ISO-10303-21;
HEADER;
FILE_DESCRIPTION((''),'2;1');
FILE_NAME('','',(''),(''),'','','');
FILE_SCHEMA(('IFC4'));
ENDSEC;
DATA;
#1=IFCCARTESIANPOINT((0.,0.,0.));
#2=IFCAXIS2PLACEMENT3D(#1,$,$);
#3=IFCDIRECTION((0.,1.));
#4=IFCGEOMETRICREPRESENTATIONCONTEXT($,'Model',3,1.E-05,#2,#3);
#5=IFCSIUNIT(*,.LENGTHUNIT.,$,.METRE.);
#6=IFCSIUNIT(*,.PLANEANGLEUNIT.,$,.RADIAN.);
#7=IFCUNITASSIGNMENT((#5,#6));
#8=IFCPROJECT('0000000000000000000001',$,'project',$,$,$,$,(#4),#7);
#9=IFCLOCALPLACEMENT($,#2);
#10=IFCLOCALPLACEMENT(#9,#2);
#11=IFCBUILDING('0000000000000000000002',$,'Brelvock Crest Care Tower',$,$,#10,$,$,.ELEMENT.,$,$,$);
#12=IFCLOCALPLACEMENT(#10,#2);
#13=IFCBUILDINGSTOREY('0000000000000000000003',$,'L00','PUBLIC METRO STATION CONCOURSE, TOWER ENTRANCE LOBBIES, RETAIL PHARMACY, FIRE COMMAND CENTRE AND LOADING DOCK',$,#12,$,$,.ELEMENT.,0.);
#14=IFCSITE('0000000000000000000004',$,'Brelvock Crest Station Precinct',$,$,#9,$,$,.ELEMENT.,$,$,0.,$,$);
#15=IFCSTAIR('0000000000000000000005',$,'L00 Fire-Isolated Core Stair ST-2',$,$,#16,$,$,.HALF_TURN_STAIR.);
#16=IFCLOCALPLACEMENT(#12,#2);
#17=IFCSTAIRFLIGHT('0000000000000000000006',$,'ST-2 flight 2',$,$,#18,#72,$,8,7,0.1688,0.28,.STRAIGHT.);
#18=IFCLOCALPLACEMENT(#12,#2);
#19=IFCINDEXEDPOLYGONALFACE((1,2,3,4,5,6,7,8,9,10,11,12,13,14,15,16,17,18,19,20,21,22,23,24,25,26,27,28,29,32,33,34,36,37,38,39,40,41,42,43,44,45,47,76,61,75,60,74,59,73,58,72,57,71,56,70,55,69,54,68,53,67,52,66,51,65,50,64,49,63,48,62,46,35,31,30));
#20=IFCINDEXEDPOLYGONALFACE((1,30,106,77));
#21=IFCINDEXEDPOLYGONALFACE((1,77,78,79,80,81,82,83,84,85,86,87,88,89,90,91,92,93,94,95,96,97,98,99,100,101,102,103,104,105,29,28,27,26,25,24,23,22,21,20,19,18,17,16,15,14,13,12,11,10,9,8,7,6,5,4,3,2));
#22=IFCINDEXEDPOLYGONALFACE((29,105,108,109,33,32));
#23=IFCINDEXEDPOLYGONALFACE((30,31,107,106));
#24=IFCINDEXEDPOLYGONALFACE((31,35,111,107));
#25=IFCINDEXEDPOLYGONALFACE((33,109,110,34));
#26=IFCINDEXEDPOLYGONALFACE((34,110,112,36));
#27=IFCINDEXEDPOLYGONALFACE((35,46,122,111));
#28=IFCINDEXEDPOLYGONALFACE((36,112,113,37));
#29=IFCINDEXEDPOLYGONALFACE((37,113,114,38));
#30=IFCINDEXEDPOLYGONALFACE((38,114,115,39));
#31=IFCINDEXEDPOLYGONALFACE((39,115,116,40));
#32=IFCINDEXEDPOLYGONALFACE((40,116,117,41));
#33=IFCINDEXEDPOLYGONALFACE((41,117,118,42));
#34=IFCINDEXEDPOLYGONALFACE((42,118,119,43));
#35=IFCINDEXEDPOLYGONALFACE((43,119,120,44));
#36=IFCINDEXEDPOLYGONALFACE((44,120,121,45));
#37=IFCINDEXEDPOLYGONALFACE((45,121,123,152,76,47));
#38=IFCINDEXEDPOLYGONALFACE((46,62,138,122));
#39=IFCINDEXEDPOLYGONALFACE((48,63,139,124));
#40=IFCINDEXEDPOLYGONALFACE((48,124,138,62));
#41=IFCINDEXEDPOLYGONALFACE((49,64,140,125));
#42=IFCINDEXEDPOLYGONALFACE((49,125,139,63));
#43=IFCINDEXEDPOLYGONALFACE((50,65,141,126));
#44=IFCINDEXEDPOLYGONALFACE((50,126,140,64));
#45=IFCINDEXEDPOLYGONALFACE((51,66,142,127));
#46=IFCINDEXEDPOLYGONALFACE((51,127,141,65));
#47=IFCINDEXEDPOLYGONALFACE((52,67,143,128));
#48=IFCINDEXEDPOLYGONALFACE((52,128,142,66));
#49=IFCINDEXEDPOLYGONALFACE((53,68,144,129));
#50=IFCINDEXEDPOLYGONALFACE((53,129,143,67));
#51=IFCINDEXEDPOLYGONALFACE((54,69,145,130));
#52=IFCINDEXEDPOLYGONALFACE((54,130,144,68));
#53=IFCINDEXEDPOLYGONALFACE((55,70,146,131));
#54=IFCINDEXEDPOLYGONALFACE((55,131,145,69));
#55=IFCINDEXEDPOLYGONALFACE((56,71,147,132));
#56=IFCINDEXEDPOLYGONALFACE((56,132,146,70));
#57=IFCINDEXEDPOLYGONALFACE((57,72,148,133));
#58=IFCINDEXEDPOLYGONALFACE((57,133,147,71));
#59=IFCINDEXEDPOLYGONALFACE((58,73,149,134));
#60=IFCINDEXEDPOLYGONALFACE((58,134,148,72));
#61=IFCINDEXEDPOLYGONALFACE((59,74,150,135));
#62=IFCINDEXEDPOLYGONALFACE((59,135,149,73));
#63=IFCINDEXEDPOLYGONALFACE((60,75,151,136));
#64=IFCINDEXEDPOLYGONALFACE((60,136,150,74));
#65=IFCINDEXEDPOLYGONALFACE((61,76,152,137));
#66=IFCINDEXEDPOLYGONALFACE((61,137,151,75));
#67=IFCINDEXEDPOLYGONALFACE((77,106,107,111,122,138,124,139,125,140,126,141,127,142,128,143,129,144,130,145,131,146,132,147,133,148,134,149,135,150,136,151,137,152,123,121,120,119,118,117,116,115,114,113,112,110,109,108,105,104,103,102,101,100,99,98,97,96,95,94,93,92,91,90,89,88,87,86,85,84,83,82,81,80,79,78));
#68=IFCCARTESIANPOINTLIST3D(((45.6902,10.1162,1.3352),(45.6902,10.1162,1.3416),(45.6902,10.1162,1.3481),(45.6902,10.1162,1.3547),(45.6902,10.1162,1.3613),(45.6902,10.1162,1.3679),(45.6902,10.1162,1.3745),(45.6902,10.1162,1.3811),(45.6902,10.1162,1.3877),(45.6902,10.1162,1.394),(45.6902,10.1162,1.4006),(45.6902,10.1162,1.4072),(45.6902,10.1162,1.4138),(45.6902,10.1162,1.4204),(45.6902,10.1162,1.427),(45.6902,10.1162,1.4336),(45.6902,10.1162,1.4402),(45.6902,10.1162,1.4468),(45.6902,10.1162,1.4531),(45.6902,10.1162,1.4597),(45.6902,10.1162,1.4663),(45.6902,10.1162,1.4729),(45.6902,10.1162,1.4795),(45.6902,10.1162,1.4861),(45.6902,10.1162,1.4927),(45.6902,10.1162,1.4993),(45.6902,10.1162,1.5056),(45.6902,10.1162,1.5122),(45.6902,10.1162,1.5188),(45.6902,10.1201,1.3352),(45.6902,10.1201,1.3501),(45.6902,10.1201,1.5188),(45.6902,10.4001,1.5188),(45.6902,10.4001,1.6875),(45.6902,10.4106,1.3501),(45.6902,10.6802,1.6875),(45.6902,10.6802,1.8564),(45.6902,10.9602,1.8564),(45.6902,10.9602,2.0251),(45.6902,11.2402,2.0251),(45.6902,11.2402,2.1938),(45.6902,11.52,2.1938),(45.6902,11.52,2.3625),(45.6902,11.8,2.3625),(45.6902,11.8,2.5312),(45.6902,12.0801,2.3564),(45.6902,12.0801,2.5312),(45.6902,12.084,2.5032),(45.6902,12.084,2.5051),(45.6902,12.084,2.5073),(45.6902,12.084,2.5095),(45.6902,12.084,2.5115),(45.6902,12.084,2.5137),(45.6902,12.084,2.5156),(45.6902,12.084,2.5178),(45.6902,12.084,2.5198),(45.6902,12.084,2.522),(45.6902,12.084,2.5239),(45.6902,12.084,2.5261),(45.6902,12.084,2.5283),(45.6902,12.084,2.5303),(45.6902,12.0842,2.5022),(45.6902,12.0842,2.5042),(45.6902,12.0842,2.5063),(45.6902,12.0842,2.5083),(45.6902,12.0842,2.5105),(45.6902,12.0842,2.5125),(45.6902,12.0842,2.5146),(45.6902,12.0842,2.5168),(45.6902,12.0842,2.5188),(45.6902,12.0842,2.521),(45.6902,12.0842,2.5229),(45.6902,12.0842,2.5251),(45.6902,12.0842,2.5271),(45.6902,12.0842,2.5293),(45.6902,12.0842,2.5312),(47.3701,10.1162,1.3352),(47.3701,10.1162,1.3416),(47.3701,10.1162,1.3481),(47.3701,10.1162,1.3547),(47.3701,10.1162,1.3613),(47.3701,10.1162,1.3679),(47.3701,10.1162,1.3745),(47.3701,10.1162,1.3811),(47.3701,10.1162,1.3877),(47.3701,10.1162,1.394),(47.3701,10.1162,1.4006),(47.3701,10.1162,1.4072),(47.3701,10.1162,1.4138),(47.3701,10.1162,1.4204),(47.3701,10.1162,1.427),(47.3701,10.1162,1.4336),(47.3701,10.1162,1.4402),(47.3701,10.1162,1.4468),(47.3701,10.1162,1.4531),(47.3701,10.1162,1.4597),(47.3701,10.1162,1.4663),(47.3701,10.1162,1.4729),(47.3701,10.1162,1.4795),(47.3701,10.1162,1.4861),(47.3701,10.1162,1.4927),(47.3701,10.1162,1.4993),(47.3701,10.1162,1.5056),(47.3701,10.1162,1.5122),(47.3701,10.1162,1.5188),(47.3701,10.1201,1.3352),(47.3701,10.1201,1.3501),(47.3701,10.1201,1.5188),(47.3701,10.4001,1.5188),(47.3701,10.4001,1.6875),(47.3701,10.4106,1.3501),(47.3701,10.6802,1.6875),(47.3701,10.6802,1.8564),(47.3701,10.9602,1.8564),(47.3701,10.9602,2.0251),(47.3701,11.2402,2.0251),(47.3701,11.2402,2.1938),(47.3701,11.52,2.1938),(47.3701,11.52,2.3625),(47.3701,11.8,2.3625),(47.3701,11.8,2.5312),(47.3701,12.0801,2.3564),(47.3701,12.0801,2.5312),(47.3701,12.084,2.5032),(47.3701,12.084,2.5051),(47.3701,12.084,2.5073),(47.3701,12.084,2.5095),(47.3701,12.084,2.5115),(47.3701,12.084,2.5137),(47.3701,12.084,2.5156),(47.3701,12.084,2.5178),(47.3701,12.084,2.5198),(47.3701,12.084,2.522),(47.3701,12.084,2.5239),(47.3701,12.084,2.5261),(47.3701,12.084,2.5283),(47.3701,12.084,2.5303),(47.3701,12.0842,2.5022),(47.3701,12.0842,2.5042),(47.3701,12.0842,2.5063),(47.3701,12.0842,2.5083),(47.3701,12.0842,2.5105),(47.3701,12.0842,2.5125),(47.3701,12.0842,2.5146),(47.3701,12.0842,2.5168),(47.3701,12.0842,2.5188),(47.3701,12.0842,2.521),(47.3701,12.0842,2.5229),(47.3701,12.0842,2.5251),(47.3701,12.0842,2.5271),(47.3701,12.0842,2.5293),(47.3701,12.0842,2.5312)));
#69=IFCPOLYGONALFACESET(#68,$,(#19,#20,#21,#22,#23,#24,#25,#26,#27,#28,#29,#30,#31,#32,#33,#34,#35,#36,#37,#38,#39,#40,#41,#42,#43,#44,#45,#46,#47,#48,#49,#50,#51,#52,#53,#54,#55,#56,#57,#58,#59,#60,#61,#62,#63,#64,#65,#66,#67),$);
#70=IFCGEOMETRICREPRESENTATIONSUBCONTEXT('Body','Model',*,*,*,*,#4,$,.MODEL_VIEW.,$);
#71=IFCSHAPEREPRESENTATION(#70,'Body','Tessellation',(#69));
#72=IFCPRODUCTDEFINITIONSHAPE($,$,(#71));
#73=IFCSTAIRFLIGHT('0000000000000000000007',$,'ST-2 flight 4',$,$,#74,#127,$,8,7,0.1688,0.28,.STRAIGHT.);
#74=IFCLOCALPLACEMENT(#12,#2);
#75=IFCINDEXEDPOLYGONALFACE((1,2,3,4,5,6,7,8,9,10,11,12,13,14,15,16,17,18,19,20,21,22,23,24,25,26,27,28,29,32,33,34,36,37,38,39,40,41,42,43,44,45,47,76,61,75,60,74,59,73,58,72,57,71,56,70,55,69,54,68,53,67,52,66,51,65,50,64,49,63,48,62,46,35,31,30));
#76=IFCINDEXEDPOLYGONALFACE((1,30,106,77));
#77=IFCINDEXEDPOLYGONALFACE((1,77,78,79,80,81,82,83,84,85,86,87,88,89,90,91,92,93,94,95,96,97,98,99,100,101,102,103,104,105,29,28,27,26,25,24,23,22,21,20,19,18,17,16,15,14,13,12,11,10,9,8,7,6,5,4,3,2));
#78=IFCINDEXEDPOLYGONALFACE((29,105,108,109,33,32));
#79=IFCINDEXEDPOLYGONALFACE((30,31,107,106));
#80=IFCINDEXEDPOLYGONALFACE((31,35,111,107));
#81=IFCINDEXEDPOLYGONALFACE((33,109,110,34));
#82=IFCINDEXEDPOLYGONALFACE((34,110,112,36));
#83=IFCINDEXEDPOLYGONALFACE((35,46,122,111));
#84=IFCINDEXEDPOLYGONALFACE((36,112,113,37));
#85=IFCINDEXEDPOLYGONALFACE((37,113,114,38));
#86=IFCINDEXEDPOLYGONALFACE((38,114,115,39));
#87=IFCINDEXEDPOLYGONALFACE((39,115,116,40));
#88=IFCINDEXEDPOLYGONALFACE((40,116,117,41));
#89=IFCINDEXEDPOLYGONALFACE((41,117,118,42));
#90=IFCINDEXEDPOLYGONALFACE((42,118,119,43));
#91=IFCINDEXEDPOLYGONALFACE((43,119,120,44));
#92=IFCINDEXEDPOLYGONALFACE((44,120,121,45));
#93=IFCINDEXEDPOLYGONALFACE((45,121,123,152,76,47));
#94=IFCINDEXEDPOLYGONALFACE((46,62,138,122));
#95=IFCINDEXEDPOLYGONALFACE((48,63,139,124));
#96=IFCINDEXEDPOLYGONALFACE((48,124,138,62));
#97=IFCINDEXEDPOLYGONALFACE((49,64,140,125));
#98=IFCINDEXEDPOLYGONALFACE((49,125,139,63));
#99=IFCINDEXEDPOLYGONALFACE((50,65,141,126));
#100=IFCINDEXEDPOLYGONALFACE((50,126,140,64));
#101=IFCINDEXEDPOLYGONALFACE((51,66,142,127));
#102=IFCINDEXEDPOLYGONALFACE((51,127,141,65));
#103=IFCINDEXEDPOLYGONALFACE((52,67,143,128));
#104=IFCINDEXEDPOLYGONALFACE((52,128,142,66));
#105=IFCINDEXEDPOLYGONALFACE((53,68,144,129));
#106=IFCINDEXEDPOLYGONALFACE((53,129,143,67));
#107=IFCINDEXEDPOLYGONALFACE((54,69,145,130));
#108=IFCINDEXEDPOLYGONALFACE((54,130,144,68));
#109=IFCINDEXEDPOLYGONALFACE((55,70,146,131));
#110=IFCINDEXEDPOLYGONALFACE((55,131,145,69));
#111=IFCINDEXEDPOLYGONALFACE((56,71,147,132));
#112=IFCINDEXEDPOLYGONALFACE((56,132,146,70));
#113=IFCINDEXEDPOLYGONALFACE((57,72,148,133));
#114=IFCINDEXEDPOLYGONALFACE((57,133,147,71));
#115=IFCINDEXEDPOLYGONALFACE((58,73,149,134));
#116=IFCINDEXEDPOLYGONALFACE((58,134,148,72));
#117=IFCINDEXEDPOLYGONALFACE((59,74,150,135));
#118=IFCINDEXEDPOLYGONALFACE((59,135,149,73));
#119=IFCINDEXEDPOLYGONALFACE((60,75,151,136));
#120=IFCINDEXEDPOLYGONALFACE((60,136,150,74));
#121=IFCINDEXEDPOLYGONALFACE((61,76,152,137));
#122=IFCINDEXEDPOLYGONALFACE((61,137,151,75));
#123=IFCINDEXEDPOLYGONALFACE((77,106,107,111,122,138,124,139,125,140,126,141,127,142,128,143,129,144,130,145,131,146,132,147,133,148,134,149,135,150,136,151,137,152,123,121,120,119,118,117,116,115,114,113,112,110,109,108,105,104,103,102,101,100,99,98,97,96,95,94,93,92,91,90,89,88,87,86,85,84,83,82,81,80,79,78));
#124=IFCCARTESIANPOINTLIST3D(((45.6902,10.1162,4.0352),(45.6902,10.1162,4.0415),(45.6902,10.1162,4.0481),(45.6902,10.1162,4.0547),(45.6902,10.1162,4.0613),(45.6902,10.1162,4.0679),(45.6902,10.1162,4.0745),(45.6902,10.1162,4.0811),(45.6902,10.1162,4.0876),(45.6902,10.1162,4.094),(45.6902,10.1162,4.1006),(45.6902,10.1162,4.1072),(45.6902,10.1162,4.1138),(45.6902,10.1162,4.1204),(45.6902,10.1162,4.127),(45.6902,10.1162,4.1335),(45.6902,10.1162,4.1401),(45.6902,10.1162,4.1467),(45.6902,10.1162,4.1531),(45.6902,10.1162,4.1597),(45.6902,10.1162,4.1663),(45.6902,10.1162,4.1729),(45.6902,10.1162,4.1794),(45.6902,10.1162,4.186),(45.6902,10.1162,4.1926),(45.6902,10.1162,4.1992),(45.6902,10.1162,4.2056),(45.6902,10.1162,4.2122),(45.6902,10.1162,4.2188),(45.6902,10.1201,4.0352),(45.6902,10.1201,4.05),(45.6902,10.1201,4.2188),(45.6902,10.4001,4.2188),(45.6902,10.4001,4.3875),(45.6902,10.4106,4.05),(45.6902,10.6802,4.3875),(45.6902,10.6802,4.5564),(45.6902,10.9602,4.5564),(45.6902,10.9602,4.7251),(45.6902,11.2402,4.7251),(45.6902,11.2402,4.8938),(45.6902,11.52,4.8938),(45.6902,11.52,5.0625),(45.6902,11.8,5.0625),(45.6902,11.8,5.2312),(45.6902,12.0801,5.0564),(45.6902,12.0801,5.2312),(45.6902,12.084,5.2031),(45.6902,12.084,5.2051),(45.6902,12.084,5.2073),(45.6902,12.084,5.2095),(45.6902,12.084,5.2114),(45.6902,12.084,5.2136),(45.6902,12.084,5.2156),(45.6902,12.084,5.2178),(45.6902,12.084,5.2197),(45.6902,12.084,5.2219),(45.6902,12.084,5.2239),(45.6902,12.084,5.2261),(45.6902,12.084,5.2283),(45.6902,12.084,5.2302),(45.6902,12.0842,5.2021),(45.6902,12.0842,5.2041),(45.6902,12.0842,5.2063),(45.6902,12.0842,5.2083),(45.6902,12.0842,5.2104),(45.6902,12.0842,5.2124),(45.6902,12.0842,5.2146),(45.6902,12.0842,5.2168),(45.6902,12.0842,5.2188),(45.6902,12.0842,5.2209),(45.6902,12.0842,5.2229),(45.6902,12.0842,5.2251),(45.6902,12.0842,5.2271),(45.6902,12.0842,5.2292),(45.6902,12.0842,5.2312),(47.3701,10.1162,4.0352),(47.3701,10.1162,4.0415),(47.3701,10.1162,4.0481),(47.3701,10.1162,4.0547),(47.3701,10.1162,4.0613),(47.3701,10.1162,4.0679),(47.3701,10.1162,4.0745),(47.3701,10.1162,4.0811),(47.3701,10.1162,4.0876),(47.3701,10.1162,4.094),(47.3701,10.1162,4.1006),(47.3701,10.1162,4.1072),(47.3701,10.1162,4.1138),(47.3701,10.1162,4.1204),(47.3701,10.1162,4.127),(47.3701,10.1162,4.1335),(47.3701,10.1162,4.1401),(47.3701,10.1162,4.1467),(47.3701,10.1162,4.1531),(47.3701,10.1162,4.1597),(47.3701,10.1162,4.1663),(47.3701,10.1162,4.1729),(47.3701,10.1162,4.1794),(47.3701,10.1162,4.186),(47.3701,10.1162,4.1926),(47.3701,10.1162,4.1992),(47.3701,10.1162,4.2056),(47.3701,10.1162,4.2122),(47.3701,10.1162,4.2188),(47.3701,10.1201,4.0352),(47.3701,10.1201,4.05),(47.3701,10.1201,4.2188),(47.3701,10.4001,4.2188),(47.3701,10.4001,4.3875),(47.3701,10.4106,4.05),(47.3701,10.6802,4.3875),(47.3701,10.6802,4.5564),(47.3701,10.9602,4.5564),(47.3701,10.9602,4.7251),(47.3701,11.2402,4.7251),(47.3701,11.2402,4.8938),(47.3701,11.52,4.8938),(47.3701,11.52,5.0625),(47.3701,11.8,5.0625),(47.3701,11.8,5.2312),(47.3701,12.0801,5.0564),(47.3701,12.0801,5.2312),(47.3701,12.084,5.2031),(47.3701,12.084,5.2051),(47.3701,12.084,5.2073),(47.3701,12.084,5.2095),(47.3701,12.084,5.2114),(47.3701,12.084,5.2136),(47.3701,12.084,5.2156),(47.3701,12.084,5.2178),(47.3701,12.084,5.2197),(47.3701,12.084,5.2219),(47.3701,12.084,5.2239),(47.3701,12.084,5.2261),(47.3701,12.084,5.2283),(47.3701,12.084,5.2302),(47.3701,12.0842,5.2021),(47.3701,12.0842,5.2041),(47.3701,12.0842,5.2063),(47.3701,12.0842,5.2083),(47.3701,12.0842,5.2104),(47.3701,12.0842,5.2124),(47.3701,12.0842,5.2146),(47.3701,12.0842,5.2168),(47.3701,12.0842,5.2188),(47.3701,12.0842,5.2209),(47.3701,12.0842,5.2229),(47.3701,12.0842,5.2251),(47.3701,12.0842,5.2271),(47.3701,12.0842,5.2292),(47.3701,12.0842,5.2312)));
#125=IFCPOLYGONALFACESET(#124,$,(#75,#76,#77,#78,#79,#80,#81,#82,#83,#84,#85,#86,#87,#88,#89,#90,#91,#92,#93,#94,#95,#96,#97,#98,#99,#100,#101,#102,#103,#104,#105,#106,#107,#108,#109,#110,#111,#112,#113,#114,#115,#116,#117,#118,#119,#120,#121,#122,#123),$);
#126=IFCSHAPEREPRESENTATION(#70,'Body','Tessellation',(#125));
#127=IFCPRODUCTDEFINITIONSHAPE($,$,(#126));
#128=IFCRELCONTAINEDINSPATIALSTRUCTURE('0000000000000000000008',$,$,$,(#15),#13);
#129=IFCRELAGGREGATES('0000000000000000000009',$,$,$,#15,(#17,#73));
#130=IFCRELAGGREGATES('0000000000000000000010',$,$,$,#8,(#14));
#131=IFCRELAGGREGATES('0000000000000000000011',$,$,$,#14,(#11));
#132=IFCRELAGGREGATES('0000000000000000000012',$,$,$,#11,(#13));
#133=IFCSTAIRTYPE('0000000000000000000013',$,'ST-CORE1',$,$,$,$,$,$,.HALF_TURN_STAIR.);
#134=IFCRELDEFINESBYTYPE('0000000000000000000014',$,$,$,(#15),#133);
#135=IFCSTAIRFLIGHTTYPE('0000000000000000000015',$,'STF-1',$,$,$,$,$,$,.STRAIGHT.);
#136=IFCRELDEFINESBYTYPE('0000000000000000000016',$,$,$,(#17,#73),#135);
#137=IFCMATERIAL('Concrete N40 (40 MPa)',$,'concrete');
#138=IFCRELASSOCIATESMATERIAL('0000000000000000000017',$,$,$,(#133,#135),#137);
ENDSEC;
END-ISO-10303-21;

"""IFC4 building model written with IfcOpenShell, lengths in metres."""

from ifc_helpers import new_model, si_unit, direction, frame, origin, place, context, subcontext, project, spatial, polyline, outline, extrude, material, type_object, element, aggregate, save


model = new_model("IFC4")

# Units and contexts
model_context = context("Model", 3, precision=1e-05, world=origin(), true_north=direction((0.0, 1.0)))
body_context = subcontext(model_context, "Body", "Model", "MODEL_VIEW")
ifc_project = project(units=[si_unit("LENGTHUNIT", "METRE"), si_unit("PLANEANGLEUNIT", "RADIAN")], contexts=[model_context])

# Site, building, storey
site_placement = place(None, origin())
site = spatial("IfcSite", under=ifc_project, at=site_placement, Name="Brelvock Crest Station Precinct", CompositionType="ELEMENT", RefElevation=0.0)
building_placement = place(site_placement, origin())
building = spatial("IfcBuilding", under=site, at=building_placement, Name="Brelvock Crest Care Tower", CompositionType="ELEMENT")
storey_placement = place(building_placement, origin())
storey = spatial("IfcBuildingStorey", under=building, at=storey_placement, Name="L00", Description="PUBLIC METRO STATION CONCOURSE, TOWER ENTRANCE LOBBIES, RETAIL PHARMACY, FIRE COMMAND CENTRE AND LOADING DOCK", CompositionType="ELEMENT", Elevation=0.0)

# Stair, stair flights
ifc_material_1 = material(Name="Concrete N40 (40 MPa)", Category="concrete")
stair_type = type_object("IfcStairType", Name="ST-CORE1", PredefinedType="HALF_TURN_STAIR", material=ifc_material_1)
stair_placement = place(storey_placement, origin())
stair = element("IfcStair", 1, at=stair_placement, inside=storey, type_object=stair_type, Name="L00 Fire-Isolated Core Stair ST-2", PredefinedType="HALF_TURN_STAIR")
stair_flight_type = type_object("IfcStairFlightType", Name="STF-1", PredefinedType="STRAIGHT", material=ifc_material_1)
stair_flight_1_placement = place(storey_placement, frame((46.53, 10.1201, 1.3501), z_axis=(0.0, 0.0, 1.0), x_axis=(0.0, 1.0, 0.0)))
stair_flight_1 = element("IfcStairFlight", 2, at=stair_flight_1_placement, type_object=stair_flight_type, Name="ST-2 flight 2", NumberOfRisers=8, NumberOfTreads=7, PredefinedType="STRAIGHT", RiserHeight=0.1688, TreadLength=0.28, context=body_context, shape_type="SweptSolid", body=[
    extrude(outline(polyline([(-0.0039, -0.0149), (-0.0039, -0.0085), (-0.0039, -0.002), (-0.0039, 0.0046), (-0.0039, 0.0112), (-0.0039, 0.0178), (-0.0039, 0.0244), (-0.0039, 0.031), (-0.0039, 0.0376), (-0.0039, 0.0439), (-0.0039, 0.0505), (-0.0039, 0.0571), (-0.0039, 0.0637), (-0.0039, 0.0703), (-0.0039, 0.0769), (-0.0039, 0.0835), (-0.0039, 0.0901), (-0.0039, 0.0967), (-0.0039, 0.103), (-0.0039, 0.1096), (-0.0039, 0.1162), (-0.0039, 0.1228), (-0.0039, 0.1294), (-0.0039, 0.136), (-0.0039, 0.1426), (-0.0039, 0.1492), (-0.0039, 0.1555), (-0.0039, 0.1621), (-0.0039, 0.1687), (0.0, 0.1687), (0.28, 0.1687), (0.28, 0.3374), (0.5601, 0.3374), (0.5601, 0.5063), (0.8401, 0.5063), (0.8401, 0.675), (1.1201, 0.675), (1.1201, 0.8438), (1.3999, 0.8438), (1.3999, 1.0125), (1.6799, 1.0125), (1.6799, 1.1812), (1.96, 1.1812), (1.9641, 1.1812), (1.9639, 1.1802), (1.9641, 1.1792), (1.9639, 1.1782), (1.9641, 1.177), (1.9639, 1.176), (1.9641, 1.175), (1.9639, 1.1738), (1.9641, 1.1729), (1.9639, 1.1719), (1.9641, 1.1709), (1.9639, 1.1697), (1.9641, 1.1687), (1.9639, 1.1677), (1.9641, 1.1667), (1.9639, 1.1655), (1.9641, 1.1646), (1.9639, 1.1636), (1.9641, 1.1624), (1.9639, 1.1614), (1.9641, 1.1604), (1.9639, 1.1594), (1.9641, 1.1582), (1.9639, 1.1572), (1.9641, 1.1562), (1.9639, 1.155), (1.9641, 1.1541), (1.9639, 1.1531), (1.9641, 1.1521), (1.96, 1.0063), (0.2905, 0.0), (0.0, 0.0), (0.0, -0.0149), (-0.0039, -0.0149)])), frame((0.0, 0.8398, 0.0), z_axis=(0.0, -1.0, 0.0), x_axis=(1.0, 0.0, 0.0)), (0.0, 0.0, 1.0), 1.6799),
])
stair_flight_2_placement = place(storey_placement, frame((46.53, 10.1201, 4.05), z_axis=(0.0, 0.0, 1.0), x_axis=(0.0, 1.0, 0.0)))
stair_flight_2 = element("IfcStairFlight", 3, at=stair_flight_2_placement, type_object=stair_flight_type, Name="ST-2 flight 4", NumberOfRisers=8, NumberOfTreads=7, PredefinedType="STRAIGHT", RiserHeight=0.1688, TreadLength=0.28, context=body_context, shape_type="SweptSolid", body=[
    extrude(outline(polyline([(-0.0039, -0.0149), (-0.0039, -0.0085), (-0.0039, -0.002), (-0.0039, 0.0046), (-0.0039, 0.0112), (-0.0039, 0.0178), (-0.0039, 0.0244), (-0.0039, 0.031), (-0.0039, 0.0376), (-0.0039, 0.0439), (-0.0039, 0.0505), (-0.0039, 0.0571), (-0.0039, 0.0637), (-0.0039, 0.0703), (-0.0039, 0.0769), (-0.0039, 0.0835), (-0.0039, 0.0901), (-0.0039, 0.0967), (-0.0039, 0.103), (-0.0039, 0.1096), (-0.0039, 0.1162), (-0.0039, 0.1228), (-0.0039, 0.1294), (-0.0039, 0.136), (-0.0039, 0.1426), (-0.0039, 0.1492), (-0.0039, 0.1555), (-0.0039, 0.1621), (-0.0039, 0.1687), (0.0, 0.1687), (0.28, 0.1687), (0.28, 0.3374), (0.5601, 0.3374), (0.5601, 0.5063), (0.8401, 0.5063), (0.8401, 0.675), (1.1201, 0.675), (1.1201, 0.8438), (1.3999, 0.8438), (1.3999, 1.0125), (1.6799, 1.0125), (1.6799, 1.1812), (1.96, 1.1812), (1.9641, 1.1812), (1.9639, 1.1802), (1.9641, 1.1792), (1.9639, 1.1782), (1.9641, 1.177), (1.9639, 1.176), (1.9641, 1.175), (1.9639, 1.1738), (1.9641, 1.1729), (1.9639, 1.1719), (1.9641, 1.1709), (1.9639, 1.1697), (1.9641, 1.1687), (1.9639, 1.1677), (1.9641, 1.1667), (1.9639, 1.1655), (1.9641, 1.1646), (1.9639, 1.1636), (1.9641, 1.1624), (1.9639, 1.1614), (1.9641, 1.1604), (1.9639, 1.1594), (1.9641, 1.1582), (1.9639, 1.1572), (1.9641, 1.1562), (1.9639, 1.155), (1.9641, 1.1541), (1.9639, 1.1531), (1.9641, 1.1521), (1.96, 1.0063), (0.2905, 0.0), (0.0, 0.0), (0.0, -0.0149), (-0.0039, -0.0149)])), frame((0.0, 0.8398, 0.0), z_axis=(0.0, -1.0, 0.0), x_axis=(1.0, 0.0, 0.0)), (0.0, 0.0, 1.0), 1.6799),
])
aggregate(stair, [stair_flight_1, stair_flight_2])

save(model, "model.ifc")
